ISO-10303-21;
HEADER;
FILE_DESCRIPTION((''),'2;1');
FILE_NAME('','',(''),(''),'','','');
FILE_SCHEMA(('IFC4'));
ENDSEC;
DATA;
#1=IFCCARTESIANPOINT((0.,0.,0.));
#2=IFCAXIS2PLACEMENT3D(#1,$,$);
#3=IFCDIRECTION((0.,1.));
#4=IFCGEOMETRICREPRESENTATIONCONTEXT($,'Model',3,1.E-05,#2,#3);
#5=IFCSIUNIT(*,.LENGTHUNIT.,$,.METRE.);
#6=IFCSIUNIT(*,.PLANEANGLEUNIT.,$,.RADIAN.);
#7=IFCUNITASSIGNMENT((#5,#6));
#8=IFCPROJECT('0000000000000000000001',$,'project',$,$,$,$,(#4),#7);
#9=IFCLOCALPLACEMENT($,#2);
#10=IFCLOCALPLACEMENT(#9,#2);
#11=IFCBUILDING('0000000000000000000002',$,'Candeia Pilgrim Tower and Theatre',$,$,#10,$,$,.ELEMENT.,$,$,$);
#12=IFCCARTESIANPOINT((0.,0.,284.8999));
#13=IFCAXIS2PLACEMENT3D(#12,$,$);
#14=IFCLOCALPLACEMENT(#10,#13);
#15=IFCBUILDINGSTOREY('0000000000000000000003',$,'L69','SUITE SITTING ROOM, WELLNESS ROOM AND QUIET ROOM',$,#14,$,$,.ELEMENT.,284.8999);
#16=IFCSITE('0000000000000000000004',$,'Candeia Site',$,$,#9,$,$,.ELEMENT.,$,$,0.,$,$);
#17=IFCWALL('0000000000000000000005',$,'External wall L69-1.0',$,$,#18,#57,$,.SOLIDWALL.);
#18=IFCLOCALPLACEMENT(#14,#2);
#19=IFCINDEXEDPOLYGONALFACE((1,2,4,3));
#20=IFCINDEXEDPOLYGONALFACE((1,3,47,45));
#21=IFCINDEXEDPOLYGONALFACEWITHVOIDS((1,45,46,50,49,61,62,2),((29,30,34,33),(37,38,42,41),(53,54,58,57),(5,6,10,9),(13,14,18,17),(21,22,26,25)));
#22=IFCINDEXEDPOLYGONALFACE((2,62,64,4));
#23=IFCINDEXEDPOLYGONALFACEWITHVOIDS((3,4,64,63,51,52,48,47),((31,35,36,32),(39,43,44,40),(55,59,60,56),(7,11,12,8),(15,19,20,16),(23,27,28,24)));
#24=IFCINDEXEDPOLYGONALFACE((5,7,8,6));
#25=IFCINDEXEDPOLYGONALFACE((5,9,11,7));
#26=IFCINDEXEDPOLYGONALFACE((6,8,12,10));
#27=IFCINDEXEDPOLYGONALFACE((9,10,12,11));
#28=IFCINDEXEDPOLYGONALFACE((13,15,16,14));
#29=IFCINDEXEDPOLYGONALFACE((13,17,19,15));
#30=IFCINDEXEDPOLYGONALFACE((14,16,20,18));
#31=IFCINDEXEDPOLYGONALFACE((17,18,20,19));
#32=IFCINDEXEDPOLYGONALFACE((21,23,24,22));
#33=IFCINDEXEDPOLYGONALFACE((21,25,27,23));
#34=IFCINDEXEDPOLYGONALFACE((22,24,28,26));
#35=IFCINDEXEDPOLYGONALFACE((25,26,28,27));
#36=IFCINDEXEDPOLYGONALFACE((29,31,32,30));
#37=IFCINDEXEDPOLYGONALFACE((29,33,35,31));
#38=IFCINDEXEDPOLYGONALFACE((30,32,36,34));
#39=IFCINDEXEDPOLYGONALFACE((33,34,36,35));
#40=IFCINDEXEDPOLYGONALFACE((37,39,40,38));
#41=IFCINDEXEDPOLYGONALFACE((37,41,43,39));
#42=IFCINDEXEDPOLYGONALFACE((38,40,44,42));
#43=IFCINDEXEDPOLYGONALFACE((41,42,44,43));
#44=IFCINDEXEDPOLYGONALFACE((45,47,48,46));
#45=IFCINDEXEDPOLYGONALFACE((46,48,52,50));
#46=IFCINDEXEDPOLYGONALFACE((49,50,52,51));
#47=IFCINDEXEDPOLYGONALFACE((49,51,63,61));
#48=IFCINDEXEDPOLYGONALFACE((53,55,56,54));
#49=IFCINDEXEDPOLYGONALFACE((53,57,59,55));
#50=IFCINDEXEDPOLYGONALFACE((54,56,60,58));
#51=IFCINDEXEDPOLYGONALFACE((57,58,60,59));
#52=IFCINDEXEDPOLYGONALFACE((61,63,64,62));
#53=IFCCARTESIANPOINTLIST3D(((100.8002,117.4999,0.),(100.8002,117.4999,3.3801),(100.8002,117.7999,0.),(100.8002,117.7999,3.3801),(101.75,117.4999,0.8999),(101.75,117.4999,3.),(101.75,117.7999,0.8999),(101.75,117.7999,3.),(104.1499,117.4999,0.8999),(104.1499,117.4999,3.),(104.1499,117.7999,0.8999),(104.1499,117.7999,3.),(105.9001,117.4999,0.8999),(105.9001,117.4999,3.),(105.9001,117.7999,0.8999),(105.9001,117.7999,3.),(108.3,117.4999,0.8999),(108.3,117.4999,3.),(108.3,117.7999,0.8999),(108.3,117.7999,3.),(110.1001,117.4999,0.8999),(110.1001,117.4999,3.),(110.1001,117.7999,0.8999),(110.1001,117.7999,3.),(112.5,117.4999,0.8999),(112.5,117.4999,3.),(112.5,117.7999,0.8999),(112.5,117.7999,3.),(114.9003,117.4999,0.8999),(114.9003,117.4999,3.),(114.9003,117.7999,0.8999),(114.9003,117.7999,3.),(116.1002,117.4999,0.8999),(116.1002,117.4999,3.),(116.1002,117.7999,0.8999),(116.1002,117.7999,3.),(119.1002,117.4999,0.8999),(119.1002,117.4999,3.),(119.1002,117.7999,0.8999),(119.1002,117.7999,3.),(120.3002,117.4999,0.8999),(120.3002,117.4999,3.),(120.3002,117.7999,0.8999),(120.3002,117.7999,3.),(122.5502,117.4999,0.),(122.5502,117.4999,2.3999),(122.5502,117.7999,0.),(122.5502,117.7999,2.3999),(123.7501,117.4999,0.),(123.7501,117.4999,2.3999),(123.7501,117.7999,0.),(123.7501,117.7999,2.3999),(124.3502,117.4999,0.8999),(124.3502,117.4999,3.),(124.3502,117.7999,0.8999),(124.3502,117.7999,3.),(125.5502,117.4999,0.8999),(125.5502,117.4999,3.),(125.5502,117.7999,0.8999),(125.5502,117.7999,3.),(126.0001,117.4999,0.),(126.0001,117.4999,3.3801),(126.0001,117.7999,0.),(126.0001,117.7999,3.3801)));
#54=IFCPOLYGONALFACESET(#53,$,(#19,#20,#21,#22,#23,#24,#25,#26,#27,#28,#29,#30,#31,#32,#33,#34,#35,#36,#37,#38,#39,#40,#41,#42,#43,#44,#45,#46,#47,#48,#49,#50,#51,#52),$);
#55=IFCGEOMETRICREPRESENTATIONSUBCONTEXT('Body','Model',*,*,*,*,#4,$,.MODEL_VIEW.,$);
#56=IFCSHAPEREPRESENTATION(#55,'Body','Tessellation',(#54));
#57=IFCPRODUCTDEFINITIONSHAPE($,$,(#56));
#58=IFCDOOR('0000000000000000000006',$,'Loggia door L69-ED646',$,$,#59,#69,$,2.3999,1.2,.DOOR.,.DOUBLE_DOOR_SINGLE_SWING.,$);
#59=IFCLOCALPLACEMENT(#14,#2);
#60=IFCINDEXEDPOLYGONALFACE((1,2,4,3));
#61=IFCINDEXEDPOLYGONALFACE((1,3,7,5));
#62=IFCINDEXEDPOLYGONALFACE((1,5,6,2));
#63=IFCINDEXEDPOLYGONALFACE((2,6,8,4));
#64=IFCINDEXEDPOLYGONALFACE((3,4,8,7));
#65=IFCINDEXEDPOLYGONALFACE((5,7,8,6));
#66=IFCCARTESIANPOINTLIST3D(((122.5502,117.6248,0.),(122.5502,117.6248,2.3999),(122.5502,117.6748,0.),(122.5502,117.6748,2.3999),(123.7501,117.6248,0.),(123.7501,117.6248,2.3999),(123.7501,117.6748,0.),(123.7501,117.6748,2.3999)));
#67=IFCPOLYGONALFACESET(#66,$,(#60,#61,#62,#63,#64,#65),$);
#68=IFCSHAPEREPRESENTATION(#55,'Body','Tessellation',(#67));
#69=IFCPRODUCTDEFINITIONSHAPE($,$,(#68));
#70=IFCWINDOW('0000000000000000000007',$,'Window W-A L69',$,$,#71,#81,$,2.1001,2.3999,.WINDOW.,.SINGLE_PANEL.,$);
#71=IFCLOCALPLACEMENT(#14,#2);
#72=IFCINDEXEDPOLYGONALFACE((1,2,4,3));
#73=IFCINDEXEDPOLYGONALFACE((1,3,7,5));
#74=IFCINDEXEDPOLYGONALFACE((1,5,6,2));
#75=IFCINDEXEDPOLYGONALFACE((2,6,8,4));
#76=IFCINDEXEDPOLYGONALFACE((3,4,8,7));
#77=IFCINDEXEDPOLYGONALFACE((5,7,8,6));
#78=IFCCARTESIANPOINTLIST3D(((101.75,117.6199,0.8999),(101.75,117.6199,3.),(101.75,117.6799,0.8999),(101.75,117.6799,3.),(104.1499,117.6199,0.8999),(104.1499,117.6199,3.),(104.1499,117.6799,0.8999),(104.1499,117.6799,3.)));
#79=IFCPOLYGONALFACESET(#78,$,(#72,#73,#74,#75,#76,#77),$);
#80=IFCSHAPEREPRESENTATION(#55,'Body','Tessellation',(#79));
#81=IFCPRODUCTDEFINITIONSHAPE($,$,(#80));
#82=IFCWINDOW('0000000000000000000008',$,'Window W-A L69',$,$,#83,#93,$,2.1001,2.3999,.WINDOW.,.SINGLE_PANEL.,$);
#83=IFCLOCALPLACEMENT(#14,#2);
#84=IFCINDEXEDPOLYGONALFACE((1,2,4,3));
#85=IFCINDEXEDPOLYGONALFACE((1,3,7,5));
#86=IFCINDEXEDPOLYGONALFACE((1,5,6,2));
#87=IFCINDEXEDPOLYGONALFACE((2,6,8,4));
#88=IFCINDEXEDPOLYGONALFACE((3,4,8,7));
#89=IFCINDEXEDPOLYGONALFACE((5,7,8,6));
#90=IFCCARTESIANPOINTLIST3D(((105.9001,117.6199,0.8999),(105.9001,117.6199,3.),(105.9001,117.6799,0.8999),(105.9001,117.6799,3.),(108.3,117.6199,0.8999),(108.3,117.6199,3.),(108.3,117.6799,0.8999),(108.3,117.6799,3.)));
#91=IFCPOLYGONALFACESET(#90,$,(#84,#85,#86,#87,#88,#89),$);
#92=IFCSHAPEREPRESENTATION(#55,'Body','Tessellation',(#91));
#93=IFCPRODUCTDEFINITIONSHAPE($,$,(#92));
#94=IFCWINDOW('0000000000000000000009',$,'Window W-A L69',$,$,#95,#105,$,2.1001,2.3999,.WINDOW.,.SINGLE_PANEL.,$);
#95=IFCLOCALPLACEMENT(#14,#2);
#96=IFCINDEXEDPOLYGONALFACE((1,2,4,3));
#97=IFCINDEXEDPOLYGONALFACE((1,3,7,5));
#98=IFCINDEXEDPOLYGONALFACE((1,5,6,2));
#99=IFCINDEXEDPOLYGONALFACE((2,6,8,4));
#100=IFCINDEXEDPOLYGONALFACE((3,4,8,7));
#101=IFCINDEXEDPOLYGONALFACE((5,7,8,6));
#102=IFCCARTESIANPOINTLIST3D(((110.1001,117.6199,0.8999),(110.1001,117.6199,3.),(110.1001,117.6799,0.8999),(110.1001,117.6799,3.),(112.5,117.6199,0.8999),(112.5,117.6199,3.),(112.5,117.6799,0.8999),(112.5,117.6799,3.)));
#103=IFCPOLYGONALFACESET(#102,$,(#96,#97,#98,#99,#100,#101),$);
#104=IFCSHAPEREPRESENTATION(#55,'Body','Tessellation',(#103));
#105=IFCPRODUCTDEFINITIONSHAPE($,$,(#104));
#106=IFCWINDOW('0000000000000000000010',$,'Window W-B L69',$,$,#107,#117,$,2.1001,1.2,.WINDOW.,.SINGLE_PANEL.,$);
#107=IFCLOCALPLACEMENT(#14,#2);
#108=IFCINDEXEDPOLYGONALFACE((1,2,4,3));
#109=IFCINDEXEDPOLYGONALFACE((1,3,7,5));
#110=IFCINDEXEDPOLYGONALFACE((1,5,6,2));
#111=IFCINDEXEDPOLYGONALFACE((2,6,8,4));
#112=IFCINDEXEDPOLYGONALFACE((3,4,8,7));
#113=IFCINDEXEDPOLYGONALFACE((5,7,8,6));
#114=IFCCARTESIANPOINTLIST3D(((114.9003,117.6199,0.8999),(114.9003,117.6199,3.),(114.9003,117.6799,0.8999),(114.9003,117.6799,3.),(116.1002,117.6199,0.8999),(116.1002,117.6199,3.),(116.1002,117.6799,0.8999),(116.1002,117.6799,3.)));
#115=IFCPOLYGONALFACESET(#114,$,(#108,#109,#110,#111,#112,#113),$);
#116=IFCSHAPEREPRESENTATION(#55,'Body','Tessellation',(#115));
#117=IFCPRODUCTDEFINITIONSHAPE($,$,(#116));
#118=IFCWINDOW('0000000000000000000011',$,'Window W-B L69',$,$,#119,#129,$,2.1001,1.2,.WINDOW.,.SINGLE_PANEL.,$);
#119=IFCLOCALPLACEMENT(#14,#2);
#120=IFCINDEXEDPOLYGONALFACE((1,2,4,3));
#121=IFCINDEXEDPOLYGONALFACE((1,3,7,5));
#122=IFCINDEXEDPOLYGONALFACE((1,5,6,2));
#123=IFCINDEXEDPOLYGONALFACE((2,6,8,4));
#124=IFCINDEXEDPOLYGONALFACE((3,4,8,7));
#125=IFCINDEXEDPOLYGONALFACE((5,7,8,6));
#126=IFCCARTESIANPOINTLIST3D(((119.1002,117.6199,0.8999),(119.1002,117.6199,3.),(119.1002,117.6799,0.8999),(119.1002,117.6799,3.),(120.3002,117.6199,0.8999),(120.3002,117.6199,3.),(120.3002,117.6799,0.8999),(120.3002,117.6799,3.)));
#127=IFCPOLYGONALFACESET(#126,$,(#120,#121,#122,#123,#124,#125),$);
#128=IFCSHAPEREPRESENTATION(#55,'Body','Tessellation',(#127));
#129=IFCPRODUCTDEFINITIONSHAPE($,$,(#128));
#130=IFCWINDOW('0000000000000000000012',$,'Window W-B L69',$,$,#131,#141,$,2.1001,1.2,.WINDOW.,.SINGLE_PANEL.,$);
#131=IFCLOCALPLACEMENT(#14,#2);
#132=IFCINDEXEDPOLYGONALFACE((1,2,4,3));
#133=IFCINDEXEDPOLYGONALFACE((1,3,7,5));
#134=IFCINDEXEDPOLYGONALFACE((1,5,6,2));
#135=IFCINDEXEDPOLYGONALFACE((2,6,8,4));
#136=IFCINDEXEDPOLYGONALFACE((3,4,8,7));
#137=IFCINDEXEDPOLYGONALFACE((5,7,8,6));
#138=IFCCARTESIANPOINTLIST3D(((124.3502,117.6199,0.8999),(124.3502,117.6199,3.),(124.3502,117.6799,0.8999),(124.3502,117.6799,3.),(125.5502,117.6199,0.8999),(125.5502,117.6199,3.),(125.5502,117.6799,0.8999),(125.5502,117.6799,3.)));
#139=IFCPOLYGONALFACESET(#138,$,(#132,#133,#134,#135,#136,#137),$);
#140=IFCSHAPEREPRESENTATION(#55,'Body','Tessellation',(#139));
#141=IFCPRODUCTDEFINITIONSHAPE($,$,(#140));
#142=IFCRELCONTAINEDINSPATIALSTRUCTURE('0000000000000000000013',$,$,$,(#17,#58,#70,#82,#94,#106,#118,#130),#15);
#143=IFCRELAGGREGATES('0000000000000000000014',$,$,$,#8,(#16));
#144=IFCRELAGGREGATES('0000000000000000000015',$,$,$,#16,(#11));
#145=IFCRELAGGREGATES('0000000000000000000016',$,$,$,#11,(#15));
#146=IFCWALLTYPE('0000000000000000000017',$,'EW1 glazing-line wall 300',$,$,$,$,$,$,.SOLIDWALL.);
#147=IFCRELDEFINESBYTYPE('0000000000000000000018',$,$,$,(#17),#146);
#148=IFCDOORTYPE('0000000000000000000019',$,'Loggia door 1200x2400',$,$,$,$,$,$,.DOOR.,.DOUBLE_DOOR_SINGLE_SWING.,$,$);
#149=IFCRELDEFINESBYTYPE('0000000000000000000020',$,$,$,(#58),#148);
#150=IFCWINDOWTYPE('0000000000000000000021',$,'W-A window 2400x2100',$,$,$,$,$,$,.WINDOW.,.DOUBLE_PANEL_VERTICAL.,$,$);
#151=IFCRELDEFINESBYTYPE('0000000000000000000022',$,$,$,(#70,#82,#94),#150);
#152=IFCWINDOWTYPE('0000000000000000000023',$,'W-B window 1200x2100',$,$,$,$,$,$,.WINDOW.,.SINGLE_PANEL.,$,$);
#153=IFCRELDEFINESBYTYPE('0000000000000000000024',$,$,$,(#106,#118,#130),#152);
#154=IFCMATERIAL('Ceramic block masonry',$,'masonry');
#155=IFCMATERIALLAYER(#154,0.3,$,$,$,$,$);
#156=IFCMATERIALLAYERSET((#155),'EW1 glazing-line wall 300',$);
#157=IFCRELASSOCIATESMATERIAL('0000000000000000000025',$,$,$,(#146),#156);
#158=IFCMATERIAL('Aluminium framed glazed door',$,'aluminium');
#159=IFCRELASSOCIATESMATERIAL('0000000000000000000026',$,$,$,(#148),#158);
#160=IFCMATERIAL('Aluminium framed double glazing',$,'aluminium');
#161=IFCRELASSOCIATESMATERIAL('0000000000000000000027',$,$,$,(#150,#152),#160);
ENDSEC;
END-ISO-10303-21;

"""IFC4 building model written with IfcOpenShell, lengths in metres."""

from ifc_helpers import new_model, si_unit, direction, frame, frame_2d, origin, place, context, subcontext, project, spatial, rectangle, extrude, material, layer, layer_set, type_object, element, fill, save


model = new_model("IFC4")

# Units and contexts
model_context = context("Model", 3, precision=1e-05, world=origin(), true_north=direction((0.0, 1.0)))
body_context = subcontext(model_context, "Body", "Model", "MODEL_VIEW")
ifc_project = project(units=[si_unit("LENGTHUNIT", "METRE"), si_unit("PLANEANGLEUNIT", "RADIAN")], contexts=[model_context])

# Site, building, storey
site_placement = place(None, origin())
site = spatial("IfcSite", under=ifc_project, at=site_placement, Name="Candeia Site", CompositionType="ELEMENT", RefElevation=0.0)
building_placement = place(site_placement, origin())
building = spatial("IfcBuilding", under=site, at=building_placement, Name="Candeia Pilgrim Tower and Theatre", CompositionType="ELEMENT")
storey_placement = place(building_placement, frame((0.0, 0.0, 284.8999)))
storey = spatial("IfcBuildingStorey", under=building, at=storey_placement, Name="L69", Description="SUITE SITTING ROOM, WELLNESS ROOM AND QUIET ROOM", CompositionType="ELEMENT", Elevation=284.8999)

# Wall, openings, door, windows
ifc_material_1 = material(Name="Ceramic block masonry", Category="masonry")
ifc_layer_1 = layer(ifc_material_1, 0.3)
ifc_layer_set_1 = layer_set([ifc_layer_1], Name="EW1 glazing-line wall 300")
wall_type_1 = type_object("IfcWallType", Name="EW1 glazing-line wall 300", PredefinedType="SOLIDWALL", material=ifc_layer_set_1)
wall_1_placement = place(storey_placement, frame((100.8, 117.6499, 0.0), z_axis=(0.0, 0.0, 1.0), x_axis=(1.0, 0.0, 0.0)))
wall_1 = element("IfcWall", 1, at=wall_1_placement, inside=storey, type_object=wall_type_1, Name="External wall L69-1.0", PredefinedType="SOLIDWALL", context=body_context, shape_type="SweptSolid", body=[
    extrude(rectangle(XDim=25.2, YDim=0.3, at=frame_2d((12.6001, 0.0))), origin(), (0.0, 0.0, 1.0), 3.3801),
])
opening_1_placement = place(wall_1_placement, frame((0.95, 0.0, 0.8999)))
opening_1 = element("IfcOpeningElement", 2, at=opening_1_placement, cuts=wall_1, PredefinedType="OPENING", context=body_context, shape_type="SweptSolid", body=[
    extrude(rectangle(XDim=2.3999, YDim=2.1001, at=frame_2d((1.2, 1.05))), frame((0.0, 0.1602, 0.0), z_axis=(0.0, -1.0, 0.0), x_axis=(1.0, 0.0, 0.0)), (0.0, 0.0, 1.0), 0.3201),
])
opening_2_placement = place(wall_1_placement, frame((5.1001, 0.0, 0.8999)))
opening_2 = element("IfcOpeningElement", 3, at=opening_2_placement, cuts=wall_1, PredefinedType="OPENING", context=body_context, shape_type="SweptSolid", body=[
    extrude(rectangle(XDim=2.3999, YDim=2.1001, at=frame_2d((1.2, 1.05))), frame((0.0, 0.1602, 0.0), z_axis=(0.0, -1.0, 0.0), x_axis=(1.0, 0.0, 0.0)), (0.0, 0.0, 1.0), 0.3201),
])
opening_3_placement = place(wall_1_placement, frame((9.3, 0.0, 0.8999)))
opening_3 = element("IfcOpeningElement", 4, at=opening_3_placement, cuts=wall_1, PredefinedType="OPENING", context=body_context, shape_type="SweptSolid", body=[
    extrude(rectangle(XDim=2.3999, YDim=2.1001, at=frame_2d((1.2, 1.05))), frame((0.0, 0.1602, 0.0), z_axis=(0.0, -1.0, 0.0), x_axis=(1.0, 0.0, 0.0)), (0.0, 0.0, 1.0), 0.3201),
])
opening_4_placement = place(wall_1_placement, frame((14.1001, 0.0, 0.8999)))
opening_4 = element("IfcOpeningElement", 5, at=opening_4_placement, cuts=wall_1, PredefinedType="OPENING", context=body_context, shape_type="SweptSolid", body=[
    extrude(rectangle(XDim=1.2, YDim=2.1001, at=frame_2d((0.6001, 1.05))), frame((0.0, 0.1602, 0.0), z_axis=(0.0, -1.0, 0.0), x_axis=(1.0, 0.0, 0.0)), (0.0, 0.0, 1.0), 0.3201),
])
opening_5_placement = place(wall_1_placement, frame((18.3, 0.0, 0.8999)))
opening_5 = element("IfcOpeningElement", 6, at=opening_5_placement, cuts=wall_1, PredefinedType="OPENING", context=body_context, shape_type="SweptSolid", body=[
    extrude(rectangle(XDim=1.2, YDim=2.1001, at=frame_2d((0.6001, 1.05))), frame((0.0, 0.1602, 0.0), z_axis=(0.0, -1.0, 0.0), x_axis=(1.0, 0.0, 0.0)), (0.0, 0.0, 1.0), 0.3201),
])
opening_6_placement = place(wall_1_placement, frame((21.75, 0.0, 0.0)))
opening_6 = element("IfcOpeningElement", 7, at=opening_6_placement, cuts=wall_1, PredefinedType="OPENING", context=body_context, shape_type="SweptSolid", body=[
    extrude(rectangle(XDim=1.2, YDim=2.3999, at=frame_2d((0.6001, 1.2))), frame((0.0, 0.1602, 0.0), z_axis=(0.0, -1.0, 0.0), x_axis=(1.0, 0.0, 0.0)), (0.0, 0.0, 1.0), 0.3201),
])
opening_7_placement = place(wall_1_placement, frame((23.55, 0.0, 0.8999)))
opening_7 = element("IfcOpeningElement", 8, at=opening_7_placement, cuts=wall_1, PredefinedType="OPENING", context=body_context, shape_type="SweptSolid", body=[
    extrude(rectangle(XDim=1.2, YDim=2.1001, at=frame_2d((0.6001, 1.05))), frame((0.0, 0.1602, 0.0), z_axis=(0.0, -1.0, 0.0), x_axis=(1.0, 0.0, 0.0)), (0.0, 0.0, 1.0), 0.3201),
])
ifc_material_2 = material(Name="Aluminium framed glazed door", Category="aluminium")
door_type_1 = type_object("IfcDoorType", Name="Loggia door 1200x2400", OperationType="DOUBLE_DOOR_SINGLE_SWING", PredefinedType="DOOR", material=ifc_material_2)
door_1_placement = place(opening_6_placement, origin())
door_1 = element("IfcDoor", 9, at=door_1_placement, inside=storey, type_object=door_type_1, Name="Loggia door L69-ED646", OperationType="DOUBLE_DOOR_SINGLE_SWING", OverallHeight=2.3999, OverallWidth=1.2, PredefinedType="DOOR", context=body_context, shape_type="SweptSolid", body=[
    extrude(rectangle(XDim=1.2, YDim=2.3999, at=frame_2d((0.6001, 1.2))), frame((0.0, 0.0249, 0.0), z_axis=(0.0, -1.0, 0.0), x_axis=(1.0, 0.0, 0.0)), (0.0, 0.0, 1.0), 0.05),
])
fill(opening_6, door_1)
ifc_material_3 = material(Name="Aluminium framed double glazing", Category="aluminium")
window_type_1 = type_object("IfcWindowType", Name="W-A window 2400x2100", PartitioningType="DOUBLE_PANEL_VERTICAL", PredefinedType="WINDOW", material=ifc_material_3)
window_1_placement = place(opening_1_placement, origin())
window_1 = element("IfcWindow", 10, at=window_1_placement, inside=storey, type_object=window_type_1, Name="Window W-A L69", OverallHeight=2.1001, OverallWidth=2.3999, PartitioningType="SINGLE_PANEL", PredefinedType="WINDOW", context=body_context, shape_type="SweptSolid", body=[
    extrude(rectangle(XDim=2.3999, YDim=2.1001, at=frame_2d((1.2, 1.05))), frame((0.0, 0.03, 0.0), z_axis=(0.0, -1.0, 0.0), x_axis=(1.0, 0.0, 0.0)), (0.0, 0.0, 1.0), 0.0601),
])
fill(opening_1, window_1)
window_2_placement = place(opening_2_placement, origin())
window_2 = element("IfcWindow", 11, at=window_2_placement, inside=storey, type_object=window_type_1, Name="Window W-A L69", OverallHeight=2.1001, OverallWidth=2.3999, PartitioningType="SINGLE_PANEL", PredefinedType="WINDOW", context=body_context, shape_type="SweptSolid", body=[
    extrude(rectangle(XDim=2.3999, YDim=2.1001, at=frame_2d((1.2, 1.05))), frame((0.0, 0.03, 0.0), z_axis=(0.0, -1.0, 0.0), x_axis=(1.0, 0.0, 0.0)), (0.0, 0.0, 1.0), 0.0601),
])
fill(opening_2, window_2)
window_3_placement = place(opening_3_placement, origin())
window_3 = element("IfcWindow", 12, at=window_3_placement, inside=storey, type_object=window_type_1, Name="Window W-A L69", OverallHeight=2.1001, OverallWidth=2.3999, PartitioningType="SINGLE_PANEL", PredefinedType="WINDOW", context=body_context, shape_type="SweptSolid", body=[
    extrude(rectangle(XDim=2.3999, YDim=2.1001, at=frame_2d((1.2, 1.05))), frame((0.0, 0.03, 0.0), z_axis=(0.0, -1.0, 0.0), x_axis=(1.0, 0.0, 0.0)), (0.0, 0.0, 1.0), 0.0601),
])
fill(opening_3, window_3)
window_type_2 = type_object("IfcWindowType", Name="W-B window 1200x2100", PartitioningType="SINGLE_PANEL", PredefinedType="WINDOW", material=ifc_material_3)
window_4_placement = place(opening_4_placement, origin())
window_4 = element("IfcWindow", 13, at=window_4_placement, inside=storey, type_object=window_type_2, Name="Window W-B L69", OverallHeight=2.1001, OverallWidth=1.2, PartitioningType="SINGLE_PANEL", PredefinedType="WINDOW", context=body_context, shape_type="SweptSolid", body=[
    extrude(rectangle(XDim=1.2, YDim=2.1001, at=frame_2d((0.6001, 1.05))), frame((0.0, 0.03, 0.0), z_axis=(0.0, -1.0, 0.0), x_axis=(1.0, 0.0, 0.0)), (0.0, 0.0, 1.0), 0.0601),
])
fill(opening_4, window_4)
window_5_placement = place(opening_5_placement, origin())
window_5 = element("IfcWindow", 14, at=window_5_placement, inside=storey, type_object=window_type_2, Name="Window W-B L69", OverallHeight=2.1001, OverallWidth=1.2, PartitioningType="SINGLE_PANEL", PredefinedType="WINDOW", context=body_context, shape_type="SweptSolid", body=[
    extrude(rectangle(XDim=1.2, YDim=2.1001, at=frame_2d((0.6001, 1.05))), frame((0.0, 0.03, 0.0), z_axis=(0.0, -1.0, 0.0), x_axis=(1.0, 0.0, 0.0)), (0.0, 0.0, 1.0), 0.0601),
])
fill(opening_5, window_5)
window_6_placement = place(opening_7_placement, origin())
window_6 = element("IfcWindow", 15, at=window_6_placement, inside=storey, type_object=window_type_2, Name="Window W-B L69", OverallHeight=2.1001, OverallWidth=1.2, PartitioningType="SINGLE_PANEL", PredefinedType="WINDOW", context=body_context, shape_type="SweptSolid", body=[
    extrude(rectangle(XDim=1.2, YDim=2.1001, at=frame_2d((0.6001, 1.05))), frame((0.0, 0.03, 0.0), z_axis=(0.0, -1.0, 0.0), x_axis=(1.0, 0.0, 0.0)), (0.0, 0.0, 1.0), 0.0601),
])
fill(opening_7, window_6)

save(model, "model.ifc")
